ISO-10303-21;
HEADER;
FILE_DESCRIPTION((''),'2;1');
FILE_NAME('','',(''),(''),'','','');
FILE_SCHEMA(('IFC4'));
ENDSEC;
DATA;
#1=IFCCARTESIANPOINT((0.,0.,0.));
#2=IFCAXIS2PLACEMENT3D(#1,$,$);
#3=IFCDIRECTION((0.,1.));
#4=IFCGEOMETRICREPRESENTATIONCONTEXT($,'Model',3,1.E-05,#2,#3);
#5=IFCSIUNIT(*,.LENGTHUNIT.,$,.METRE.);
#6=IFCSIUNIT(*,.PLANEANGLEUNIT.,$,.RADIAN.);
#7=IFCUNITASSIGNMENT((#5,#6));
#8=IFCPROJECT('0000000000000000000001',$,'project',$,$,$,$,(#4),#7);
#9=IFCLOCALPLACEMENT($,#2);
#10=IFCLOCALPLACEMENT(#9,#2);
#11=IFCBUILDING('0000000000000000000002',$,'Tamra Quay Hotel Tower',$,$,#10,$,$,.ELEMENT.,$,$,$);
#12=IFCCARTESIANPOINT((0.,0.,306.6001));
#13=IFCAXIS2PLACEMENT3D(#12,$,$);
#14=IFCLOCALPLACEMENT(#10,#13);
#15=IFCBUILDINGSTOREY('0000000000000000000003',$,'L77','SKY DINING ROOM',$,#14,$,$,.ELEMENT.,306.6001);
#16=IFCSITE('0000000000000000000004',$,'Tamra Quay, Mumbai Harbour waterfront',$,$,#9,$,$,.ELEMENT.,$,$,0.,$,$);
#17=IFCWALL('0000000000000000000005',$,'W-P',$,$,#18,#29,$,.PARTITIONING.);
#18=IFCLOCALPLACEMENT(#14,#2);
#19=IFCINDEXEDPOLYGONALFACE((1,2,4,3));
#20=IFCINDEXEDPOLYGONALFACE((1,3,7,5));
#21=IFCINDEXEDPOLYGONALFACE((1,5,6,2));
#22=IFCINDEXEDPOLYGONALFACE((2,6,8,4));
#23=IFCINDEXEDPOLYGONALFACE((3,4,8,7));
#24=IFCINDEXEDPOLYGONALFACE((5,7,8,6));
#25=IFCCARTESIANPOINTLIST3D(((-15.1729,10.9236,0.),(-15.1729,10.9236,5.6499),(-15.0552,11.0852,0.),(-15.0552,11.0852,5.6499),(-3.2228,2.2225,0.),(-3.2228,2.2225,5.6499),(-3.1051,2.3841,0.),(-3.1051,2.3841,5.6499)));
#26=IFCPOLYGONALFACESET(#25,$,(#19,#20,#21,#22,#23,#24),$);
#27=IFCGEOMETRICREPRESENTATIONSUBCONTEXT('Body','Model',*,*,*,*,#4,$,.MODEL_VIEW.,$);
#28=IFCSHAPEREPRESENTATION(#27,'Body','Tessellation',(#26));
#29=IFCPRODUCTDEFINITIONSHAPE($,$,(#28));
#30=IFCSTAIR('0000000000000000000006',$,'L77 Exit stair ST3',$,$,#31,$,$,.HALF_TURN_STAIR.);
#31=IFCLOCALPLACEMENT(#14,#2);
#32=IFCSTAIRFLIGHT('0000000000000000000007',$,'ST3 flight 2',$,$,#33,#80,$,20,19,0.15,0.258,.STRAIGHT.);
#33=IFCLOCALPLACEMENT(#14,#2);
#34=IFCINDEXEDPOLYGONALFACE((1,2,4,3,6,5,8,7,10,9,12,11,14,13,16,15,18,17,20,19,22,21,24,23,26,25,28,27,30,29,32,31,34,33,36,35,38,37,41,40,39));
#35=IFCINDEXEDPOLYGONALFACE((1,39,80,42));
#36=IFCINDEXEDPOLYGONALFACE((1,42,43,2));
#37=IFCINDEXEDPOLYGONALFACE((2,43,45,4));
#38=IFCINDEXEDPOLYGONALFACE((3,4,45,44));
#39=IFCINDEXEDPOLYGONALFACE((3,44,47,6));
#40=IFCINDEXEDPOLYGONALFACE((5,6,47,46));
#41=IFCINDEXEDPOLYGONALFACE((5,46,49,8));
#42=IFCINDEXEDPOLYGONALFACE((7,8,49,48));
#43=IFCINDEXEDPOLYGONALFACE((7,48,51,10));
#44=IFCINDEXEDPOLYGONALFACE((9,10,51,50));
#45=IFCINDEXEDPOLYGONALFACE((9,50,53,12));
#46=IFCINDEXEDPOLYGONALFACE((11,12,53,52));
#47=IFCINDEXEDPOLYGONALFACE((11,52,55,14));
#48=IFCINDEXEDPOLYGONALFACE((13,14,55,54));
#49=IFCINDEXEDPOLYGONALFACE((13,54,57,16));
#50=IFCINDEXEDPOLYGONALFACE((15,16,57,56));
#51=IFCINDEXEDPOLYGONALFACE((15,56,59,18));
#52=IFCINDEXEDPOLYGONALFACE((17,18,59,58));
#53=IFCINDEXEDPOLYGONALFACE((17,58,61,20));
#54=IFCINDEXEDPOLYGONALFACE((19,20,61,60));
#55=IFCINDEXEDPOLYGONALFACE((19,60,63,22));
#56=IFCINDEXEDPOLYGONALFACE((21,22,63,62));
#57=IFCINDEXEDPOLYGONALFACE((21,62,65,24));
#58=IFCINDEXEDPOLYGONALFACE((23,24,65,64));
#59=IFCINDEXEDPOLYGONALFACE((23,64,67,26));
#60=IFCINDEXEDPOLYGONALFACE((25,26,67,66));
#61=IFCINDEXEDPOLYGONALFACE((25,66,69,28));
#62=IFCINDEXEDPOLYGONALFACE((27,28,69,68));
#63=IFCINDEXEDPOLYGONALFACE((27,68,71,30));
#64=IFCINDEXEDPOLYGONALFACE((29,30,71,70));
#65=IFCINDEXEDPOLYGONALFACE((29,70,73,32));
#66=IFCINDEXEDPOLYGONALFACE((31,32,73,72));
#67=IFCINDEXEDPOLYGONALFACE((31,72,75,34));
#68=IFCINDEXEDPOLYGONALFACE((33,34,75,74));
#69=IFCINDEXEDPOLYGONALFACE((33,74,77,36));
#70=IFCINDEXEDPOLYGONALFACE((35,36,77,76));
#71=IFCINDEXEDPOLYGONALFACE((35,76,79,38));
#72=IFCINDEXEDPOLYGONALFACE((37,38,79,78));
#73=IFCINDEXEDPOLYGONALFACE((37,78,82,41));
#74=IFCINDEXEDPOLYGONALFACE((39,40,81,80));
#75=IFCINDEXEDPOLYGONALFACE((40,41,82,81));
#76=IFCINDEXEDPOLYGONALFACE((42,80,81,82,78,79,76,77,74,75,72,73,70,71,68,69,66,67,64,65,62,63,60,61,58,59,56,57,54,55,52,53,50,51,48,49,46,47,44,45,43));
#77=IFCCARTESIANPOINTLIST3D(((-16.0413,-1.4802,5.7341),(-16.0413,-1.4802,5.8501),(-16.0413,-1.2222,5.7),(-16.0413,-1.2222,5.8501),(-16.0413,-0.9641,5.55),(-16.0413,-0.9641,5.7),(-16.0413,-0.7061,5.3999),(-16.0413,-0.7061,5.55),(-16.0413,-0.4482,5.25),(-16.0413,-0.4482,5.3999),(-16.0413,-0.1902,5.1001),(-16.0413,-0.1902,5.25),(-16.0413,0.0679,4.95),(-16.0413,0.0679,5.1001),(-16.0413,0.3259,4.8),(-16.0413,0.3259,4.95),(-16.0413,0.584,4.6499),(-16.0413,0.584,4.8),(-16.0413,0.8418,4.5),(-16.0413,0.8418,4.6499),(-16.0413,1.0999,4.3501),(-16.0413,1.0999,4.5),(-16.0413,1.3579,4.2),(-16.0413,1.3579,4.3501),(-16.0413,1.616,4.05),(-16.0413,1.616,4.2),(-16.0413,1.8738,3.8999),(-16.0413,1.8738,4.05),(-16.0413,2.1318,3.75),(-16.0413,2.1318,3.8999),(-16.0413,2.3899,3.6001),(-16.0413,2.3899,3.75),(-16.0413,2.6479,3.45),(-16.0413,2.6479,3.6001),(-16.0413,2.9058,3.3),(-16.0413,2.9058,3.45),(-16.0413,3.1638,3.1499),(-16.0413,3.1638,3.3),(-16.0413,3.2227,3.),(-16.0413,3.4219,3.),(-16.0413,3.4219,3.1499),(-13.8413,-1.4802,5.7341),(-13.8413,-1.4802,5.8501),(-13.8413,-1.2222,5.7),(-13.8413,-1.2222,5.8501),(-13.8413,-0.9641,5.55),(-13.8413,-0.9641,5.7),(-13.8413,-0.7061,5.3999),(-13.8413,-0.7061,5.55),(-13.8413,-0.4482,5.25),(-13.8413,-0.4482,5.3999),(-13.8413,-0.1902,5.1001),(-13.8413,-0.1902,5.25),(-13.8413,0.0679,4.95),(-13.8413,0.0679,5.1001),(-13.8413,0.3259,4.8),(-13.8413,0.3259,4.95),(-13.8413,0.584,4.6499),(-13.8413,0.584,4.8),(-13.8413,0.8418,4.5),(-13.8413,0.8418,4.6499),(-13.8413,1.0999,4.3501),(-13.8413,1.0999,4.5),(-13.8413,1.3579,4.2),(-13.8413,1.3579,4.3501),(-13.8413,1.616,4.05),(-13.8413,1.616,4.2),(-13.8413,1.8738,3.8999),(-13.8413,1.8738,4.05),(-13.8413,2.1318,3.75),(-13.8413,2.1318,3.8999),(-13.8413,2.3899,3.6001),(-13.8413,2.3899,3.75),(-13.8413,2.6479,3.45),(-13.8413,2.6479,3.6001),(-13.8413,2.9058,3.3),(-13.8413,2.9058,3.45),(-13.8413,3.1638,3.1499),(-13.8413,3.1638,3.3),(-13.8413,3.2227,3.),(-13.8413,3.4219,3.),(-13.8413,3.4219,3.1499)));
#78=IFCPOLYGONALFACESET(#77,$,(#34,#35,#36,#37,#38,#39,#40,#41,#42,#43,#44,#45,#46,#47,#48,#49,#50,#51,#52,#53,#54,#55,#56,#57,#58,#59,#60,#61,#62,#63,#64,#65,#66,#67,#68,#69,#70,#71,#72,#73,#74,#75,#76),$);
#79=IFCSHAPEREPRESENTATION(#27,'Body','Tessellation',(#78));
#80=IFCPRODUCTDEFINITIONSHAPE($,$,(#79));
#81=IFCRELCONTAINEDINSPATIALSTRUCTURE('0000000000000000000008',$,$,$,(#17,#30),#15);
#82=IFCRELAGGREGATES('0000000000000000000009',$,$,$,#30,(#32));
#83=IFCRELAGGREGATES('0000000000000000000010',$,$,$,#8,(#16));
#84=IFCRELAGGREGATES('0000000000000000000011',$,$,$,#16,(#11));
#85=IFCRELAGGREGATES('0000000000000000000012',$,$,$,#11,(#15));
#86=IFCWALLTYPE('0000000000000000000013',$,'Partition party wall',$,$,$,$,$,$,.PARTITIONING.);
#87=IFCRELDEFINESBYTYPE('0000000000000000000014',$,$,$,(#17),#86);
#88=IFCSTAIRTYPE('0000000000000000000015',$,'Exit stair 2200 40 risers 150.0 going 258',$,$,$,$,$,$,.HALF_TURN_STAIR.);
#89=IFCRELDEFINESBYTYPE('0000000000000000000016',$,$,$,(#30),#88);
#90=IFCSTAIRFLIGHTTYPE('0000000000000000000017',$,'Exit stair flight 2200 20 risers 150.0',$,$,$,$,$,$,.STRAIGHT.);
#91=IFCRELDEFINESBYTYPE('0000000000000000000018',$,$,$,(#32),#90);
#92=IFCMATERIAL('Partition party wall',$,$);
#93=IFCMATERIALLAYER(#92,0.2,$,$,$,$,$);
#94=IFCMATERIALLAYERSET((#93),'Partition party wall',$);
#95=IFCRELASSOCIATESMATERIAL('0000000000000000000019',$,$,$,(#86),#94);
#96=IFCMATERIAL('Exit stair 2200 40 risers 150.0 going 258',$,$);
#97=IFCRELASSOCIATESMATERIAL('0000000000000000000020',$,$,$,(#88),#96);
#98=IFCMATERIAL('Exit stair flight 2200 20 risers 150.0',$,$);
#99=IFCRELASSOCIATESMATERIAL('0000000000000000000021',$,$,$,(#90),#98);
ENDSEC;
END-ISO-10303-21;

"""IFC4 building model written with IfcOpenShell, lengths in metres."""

from ifc_helpers import new_model, si_unit, direction, frame, frame_2d, origin, place, context, subcontext, project, spatial, polyline, rectangle, outline, extrude, material, layer, layer_set, type_object, element, aggregate, save


model = new_model("IFC4")

# Units and contexts
model_context = context("Model", 3, precision=1e-05, world=origin(), true_north=direction((0.0, 1.0)))
body_context = subcontext(model_context, "Body", "Model", "MODEL_VIEW")
ifc_project = project(units=[si_unit("LENGTHUNIT", "METRE"), si_unit("PLANEANGLEUNIT", "RADIAN")], contexts=[model_context])

# Site, building, storey
site_placement = place(None, origin())
site = spatial("IfcSite", under=ifc_project, at=site_placement, Name="Tamra Quay, Mumbai Harbour waterfront", CompositionType="ELEMENT", RefElevation=0.0)
building_placement = place(site_placement, origin())
building = spatial("IfcBuilding", under=site, at=building_placement, Name="Tamra Quay Hotel Tower", CompositionType="ELEMENT")
storey_placement = place(building_placement, frame((0.0, 0.0, 306.6001)))
storey = spatial("IfcBuildingStorey", under=building, at=storey_placement, Name="L77", Description="SKY DINING ROOM", CompositionType="ELEMENT", Elevation=306.6001)

# Wall
ifc_material_1 = material(Name="Partition party wall")
ifc_layer_1 = layer(ifc_material_1, 0.2)
ifc_layer_set_1 = layer_set([ifc_layer_1], Name="Partition party wall")
wall_type_1 = type_object("IfcWallType", Name="Partition party wall", PredefinedType="PARTITIONING", material=ifc_layer_set_1)
wall_1_placement = place(storey_placement, frame((-15.114, 11.0044, 0.0), z_axis=(0.0, 0.0, 1.0), x_axis=(0.80841, -0.588619, 0.0)))
element("IfcWall", 1, at=wall_1_placement, inside=storey, type_object=wall_type_1, Name="W-P", PredefinedType="PARTITIONING", context=body_context, shape_type="SweptSolid", body=[
    extrude(rectangle(XDim=14.7822, YDim=0.2, at=frame_2d((7.3911, 0.0))), origin(), (0.0, 0.0, 1.0), 5.6499),
])

# Stair, stair flight
ifc_material_2 = material(Name="Exit stair 2200 40 risers 150.0 going 258")
stair_type = type_object("IfcStairType", Name="Exit stair 2200 40 risers 150.0 going 258", PredefinedType="HALF_TURN_STAIR", material=ifc_material_2)
stair_placement = place(storey_placement, origin())
stair = element("IfcStair", 2, at=stair_placement, inside=storey, type_object=stair_type, Name="L77 Exit stair ST3", PredefinedType="HALF_TURN_STAIR")
ifc_material_3 = material(Name="Exit stair flight 2200 20 risers 150.0")
stair_flight_type = type_object("IfcStairFlightType", Name="Exit stair flight 2200 20 risers 150.0", PredefinedType="STRAIGHT", material=ifc_material_3)
stair_flight_placement = place(storey_placement, frame((-14.9414, 3.4219, 3.0), z_axis=(0.0, 0.0, 1.0), x_axis=(0.0, -1.0, 0.0)))
stair_flight = element("IfcStairFlight", 3, at=stair_flight_placement, type_object=stair_flight_type, Name="ST3 flight 2", NumberOfRisers=20, NumberOfTreads=19, PredefinedType="STRAIGHT", RiserHeight=0.15, TreadLength=0.258, context=body_context, shape_type="SweptSolid", body=[
    extrude(outline(polyline([(0.0, 0.0), (0.0, 0.1499), (0.2581, 0.1499), (0.2581, 0.3), (0.5161, 0.3), (0.5161, 0.45), (0.7739, 0.45), (0.7739, 0.6001), (1.032, 0.6001), (1.032, 0.75), (1.29, 0.75), (1.29, 0.8999), (1.5481, 0.8999), (1.5481, 1.05), (1.8059, 1.05), (1.8059, 1.2), (2.064, 1.2), (2.064, 1.3501), (2.322, 1.3501), (2.322, 1.5), (2.5801, 1.5), (2.5801, 1.6499), (2.8379, 1.6499), (2.8379, 1.8), (3.0959, 1.8), (3.0959, 1.95), (3.354, 1.95), (3.354, 2.1001), (3.6121, 2.1001), (3.6121, 2.25), (3.8701, 2.25), (3.8701, 2.3999), (4.1279, 2.3999), (4.1279, 2.55), (4.386, 2.55), (4.386, 2.7), (4.644, 2.7), (4.644, 2.8501), (4.9021, 2.8501), (4.9021, 3.0), (4.9021, 2.7341), (0.1992, 0.0), (0.0, 0.0)])), frame((0.0, 1.1001, 0.0), z_axis=(0.0, -1.0, 0.0), x_axis=(1.0, 0.0, 0.0)), (0.0, 0.0, 1.0), 2.2),
])
aggregate(stair, [stair_flight])

save(model, "model.ifc")
